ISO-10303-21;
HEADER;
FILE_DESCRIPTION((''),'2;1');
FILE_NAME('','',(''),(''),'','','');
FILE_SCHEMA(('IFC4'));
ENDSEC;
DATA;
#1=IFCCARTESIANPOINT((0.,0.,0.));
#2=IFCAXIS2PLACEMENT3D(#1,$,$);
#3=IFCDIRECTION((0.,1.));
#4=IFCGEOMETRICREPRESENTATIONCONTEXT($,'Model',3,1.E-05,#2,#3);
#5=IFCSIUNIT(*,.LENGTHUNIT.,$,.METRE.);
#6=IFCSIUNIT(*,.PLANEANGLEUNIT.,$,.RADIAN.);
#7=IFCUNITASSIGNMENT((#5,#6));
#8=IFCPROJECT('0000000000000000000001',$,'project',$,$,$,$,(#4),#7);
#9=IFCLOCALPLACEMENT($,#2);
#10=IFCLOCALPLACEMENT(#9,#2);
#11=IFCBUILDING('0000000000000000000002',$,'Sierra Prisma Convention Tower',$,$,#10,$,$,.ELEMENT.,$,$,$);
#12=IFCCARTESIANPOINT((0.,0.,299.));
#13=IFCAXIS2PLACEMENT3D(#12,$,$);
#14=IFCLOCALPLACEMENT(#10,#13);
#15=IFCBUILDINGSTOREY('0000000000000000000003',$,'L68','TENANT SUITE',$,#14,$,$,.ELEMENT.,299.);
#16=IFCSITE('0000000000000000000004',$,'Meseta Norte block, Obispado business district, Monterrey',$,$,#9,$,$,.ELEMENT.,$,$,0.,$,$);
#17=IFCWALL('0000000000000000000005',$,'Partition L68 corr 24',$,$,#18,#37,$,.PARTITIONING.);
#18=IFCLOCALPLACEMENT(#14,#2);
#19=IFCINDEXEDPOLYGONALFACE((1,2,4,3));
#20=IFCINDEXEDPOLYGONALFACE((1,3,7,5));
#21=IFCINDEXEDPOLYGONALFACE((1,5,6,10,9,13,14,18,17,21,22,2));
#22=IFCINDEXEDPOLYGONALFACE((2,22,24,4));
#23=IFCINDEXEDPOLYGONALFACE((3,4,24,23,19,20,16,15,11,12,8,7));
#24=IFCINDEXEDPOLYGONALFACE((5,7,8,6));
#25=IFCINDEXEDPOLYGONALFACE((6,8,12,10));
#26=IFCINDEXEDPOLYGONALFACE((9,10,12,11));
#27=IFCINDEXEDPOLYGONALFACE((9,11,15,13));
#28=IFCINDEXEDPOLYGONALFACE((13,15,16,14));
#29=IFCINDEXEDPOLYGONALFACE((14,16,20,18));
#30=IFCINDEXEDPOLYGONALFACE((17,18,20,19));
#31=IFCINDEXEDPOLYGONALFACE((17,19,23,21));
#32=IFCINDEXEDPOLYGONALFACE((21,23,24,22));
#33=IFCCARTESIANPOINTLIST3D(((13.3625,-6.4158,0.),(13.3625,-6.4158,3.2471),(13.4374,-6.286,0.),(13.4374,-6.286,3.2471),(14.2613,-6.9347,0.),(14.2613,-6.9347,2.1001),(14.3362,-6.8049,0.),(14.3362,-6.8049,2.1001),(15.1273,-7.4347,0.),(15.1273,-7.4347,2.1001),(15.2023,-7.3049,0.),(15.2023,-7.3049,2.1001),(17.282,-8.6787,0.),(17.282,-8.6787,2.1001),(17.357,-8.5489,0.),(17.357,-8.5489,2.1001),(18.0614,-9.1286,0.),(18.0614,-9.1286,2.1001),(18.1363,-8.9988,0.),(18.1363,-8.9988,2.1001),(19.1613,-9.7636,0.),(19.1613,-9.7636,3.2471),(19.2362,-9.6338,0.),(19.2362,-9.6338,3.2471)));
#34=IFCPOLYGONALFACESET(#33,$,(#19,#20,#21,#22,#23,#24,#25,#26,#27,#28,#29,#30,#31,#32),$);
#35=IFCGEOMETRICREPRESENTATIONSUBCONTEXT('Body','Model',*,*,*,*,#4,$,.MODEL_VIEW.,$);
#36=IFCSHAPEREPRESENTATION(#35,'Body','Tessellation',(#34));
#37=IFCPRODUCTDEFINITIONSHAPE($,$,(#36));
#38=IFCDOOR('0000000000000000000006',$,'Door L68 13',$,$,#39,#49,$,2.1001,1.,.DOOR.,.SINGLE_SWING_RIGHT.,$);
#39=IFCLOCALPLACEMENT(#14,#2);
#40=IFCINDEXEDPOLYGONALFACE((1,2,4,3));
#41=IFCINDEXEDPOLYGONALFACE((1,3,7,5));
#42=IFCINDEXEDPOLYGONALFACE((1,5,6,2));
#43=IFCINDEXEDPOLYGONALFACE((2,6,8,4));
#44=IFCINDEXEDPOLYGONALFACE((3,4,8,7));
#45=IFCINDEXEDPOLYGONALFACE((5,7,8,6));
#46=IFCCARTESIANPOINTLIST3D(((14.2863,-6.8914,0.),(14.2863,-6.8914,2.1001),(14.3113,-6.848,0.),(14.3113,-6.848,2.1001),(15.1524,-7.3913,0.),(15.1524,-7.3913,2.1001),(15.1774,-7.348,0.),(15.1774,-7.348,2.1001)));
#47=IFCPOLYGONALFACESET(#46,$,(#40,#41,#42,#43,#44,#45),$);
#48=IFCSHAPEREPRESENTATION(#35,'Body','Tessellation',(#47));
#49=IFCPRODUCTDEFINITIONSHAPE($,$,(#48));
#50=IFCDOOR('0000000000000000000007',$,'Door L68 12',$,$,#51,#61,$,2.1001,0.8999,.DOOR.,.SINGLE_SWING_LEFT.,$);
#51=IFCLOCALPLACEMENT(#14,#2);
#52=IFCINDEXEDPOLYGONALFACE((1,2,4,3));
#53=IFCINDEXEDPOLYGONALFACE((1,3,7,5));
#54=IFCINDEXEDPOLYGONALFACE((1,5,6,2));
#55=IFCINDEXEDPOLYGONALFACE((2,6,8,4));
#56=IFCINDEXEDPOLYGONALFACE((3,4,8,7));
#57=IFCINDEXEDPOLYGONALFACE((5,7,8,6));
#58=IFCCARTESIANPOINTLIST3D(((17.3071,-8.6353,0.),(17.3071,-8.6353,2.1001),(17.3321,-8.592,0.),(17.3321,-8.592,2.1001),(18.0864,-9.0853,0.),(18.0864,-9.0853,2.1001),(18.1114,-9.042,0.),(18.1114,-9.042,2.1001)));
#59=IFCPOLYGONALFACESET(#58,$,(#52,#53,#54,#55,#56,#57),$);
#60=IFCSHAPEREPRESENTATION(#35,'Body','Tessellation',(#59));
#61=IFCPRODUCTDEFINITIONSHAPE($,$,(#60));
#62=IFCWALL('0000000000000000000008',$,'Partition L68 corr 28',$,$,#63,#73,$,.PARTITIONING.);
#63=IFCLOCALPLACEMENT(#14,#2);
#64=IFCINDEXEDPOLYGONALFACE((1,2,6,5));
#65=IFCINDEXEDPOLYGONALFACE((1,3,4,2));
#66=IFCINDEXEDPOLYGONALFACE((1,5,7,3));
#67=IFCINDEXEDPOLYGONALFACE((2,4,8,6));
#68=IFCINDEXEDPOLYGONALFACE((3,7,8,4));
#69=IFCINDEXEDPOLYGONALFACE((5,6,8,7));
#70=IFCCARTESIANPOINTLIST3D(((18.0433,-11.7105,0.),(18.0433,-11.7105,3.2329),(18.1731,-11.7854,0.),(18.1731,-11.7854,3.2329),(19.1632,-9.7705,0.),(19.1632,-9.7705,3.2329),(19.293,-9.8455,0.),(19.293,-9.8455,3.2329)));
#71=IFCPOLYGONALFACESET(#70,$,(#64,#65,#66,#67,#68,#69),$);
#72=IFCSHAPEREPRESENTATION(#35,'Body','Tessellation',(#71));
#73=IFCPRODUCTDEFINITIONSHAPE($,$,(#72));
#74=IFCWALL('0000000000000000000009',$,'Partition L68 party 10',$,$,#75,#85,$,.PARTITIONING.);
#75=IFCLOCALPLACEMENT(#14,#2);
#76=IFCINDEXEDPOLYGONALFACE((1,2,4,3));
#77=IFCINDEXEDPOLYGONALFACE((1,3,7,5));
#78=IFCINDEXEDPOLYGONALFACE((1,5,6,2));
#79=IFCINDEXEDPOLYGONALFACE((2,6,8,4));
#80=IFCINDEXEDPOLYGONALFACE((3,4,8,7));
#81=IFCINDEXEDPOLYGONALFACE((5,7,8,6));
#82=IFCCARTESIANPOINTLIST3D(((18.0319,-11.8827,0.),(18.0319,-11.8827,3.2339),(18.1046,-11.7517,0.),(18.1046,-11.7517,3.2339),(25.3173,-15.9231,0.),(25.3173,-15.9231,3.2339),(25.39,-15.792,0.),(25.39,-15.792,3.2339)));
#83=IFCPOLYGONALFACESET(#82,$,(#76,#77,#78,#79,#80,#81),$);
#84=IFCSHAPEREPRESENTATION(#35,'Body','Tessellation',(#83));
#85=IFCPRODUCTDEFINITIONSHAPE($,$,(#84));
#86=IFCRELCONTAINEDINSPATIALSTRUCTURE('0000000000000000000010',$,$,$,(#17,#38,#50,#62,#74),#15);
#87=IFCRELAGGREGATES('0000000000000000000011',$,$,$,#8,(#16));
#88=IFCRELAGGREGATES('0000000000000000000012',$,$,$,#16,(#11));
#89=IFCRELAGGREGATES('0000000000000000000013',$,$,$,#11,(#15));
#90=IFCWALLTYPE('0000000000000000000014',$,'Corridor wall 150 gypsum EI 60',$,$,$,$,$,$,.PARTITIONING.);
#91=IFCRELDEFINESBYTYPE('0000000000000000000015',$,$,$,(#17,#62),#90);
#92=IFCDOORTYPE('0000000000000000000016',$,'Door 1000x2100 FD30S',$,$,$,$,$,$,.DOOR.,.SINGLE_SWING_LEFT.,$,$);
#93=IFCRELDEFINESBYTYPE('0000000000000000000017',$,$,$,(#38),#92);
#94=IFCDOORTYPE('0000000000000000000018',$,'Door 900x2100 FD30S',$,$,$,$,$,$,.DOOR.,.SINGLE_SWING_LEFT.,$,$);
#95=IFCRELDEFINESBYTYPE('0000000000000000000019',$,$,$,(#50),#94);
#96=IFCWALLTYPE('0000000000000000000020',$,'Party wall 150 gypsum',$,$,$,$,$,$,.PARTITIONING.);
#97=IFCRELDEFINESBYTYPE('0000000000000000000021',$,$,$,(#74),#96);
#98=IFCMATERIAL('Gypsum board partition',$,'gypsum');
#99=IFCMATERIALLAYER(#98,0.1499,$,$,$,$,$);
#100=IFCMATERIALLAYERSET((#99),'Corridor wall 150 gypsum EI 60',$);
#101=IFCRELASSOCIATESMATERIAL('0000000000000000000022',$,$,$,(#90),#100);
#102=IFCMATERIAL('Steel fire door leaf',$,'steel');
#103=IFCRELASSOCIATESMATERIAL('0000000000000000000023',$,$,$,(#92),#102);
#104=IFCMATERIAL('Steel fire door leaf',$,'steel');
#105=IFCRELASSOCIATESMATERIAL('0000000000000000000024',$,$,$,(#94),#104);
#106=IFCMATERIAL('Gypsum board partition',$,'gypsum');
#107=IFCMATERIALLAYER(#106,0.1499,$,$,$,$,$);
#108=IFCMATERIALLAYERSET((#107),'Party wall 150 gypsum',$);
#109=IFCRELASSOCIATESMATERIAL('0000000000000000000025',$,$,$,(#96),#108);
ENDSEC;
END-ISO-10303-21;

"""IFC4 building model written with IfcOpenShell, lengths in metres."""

from ifc_helpers import new_model, si_unit, direction, frame, frame_2d, origin, place, context, subcontext, project, spatial, rectangle, extrude, material, layer, layer_set, type_object, element, fill, save


model = new_model("IFC4")

# Units and contexts
model_context = context("Model", 3, precision=1e-05, world=origin(), true_north=direction((0.0, 1.0)))
body_context = subcontext(model_context, "Body", "Model", "MODEL_VIEW")
ifc_project = project(units=[si_unit("LENGTHUNIT", "METRE"), si_unit("PLANEANGLEUNIT", "RADIAN")], contexts=[model_context])

# Site, building, storey
site_placement = place(None, origin())
site = spatial("IfcSite", under=ifc_project, at=site_placement, Name="Meseta Norte block, Obispado business district, Monterrey", CompositionType="ELEMENT", RefElevation=0.0)
building_placement = place(site_placement, origin())
building = spatial("IfcBuilding", under=site, at=building_placement, Name="Sierra Prisma Convention Tower", CompositionType="ELEMENT")
storey_placement = place(building_placement, frame((0.0, 0.0, 299.0)))
storey = spatial("IfcBuildingStorey", under=building, at=storey_placement, Name="L68", Description="TENANT SUITE", CompositionType="ELEMENT", Elevation=299.0)

# Wall, openings, doors
ifc_material_1 = material(Name="Gypsum board partition", Category="gypsum")
ifc_layer_1 = layer(ifc_material_1, 0.1499)
ifc_layer_set_1 = layer_set([ifc_layer_1], Name="Corridor wall 150 gypsum EI 60")
wall_type_1 = type_object("IfcWallType", Name="Corridor wall 150 gypsum EI 60", PredefinedType="PARTITIONING", material=ifc_layer_set_1)
wall_1_placement = place(storey_placement, frame((19.1987, -9.6987, 0.0), z_axis=(0.0, 0.0, 1.0), x_axis=(-0.866029, 0.499994, 0.0)))
wall_1 = element("IfcWall", 1, at=wall_1_placement, inside=storey, type_object=wall_type_1, Name="Partition L68 corr 24", PredefinedType="PARTITIONING", context=body_context, shape_type="SweptSolid", body=[
    extrude(rectangle(XDim=6.6958, YDim=0.1499, at=frame_2d((3.3479, 0.0))), origin(), (0.0, 0.0, 1.0), 3.2471),
])
opening_1_placement = place(wall_1_placement, frame((1.27, 0.0, 0.0)))
opening_1 = element("IfcOpeningElement", 2, at=opening_1_placement, cuts=wall_1, PredefinedType="OPENING", context=body_context, shape_type="SweptSolid", body=[
    extrude(rectangle(XDim=0.8999, YDim=2.1001, at=frame_2d((0.45, 1.05))), frame((0.0, 0.075, 0.0), z_axis=(0.0, -1.0, 0.0), x_axis=(1.0, 0.0, 0.0)), (0.0, 0.0, 1.0), 0.1499),
])
opening_2_placement = place(wall_1_placement, frame((4.658, 0.0, 0.0)))
opening_2 = element("IfcOpeningElement", 3, at=opening_2_placement, cuts=wall_1, PredefinedType="OPENING", context=body_context, shape_type="SweptSolid", body=[
    extrude(rectangle(XDim=1.0, YDim=2.1001, at=frame_2d((0.5, 1.05))), frame((0.0, 0.075, 0.0), z_axis=(0.0, -1.0, 0.0), x_axis=(1.0, 0.0, 0.0)), (0.0, 0.0, 1.0), 0.1499),
])
ifc_material_2 = material(Name="Steel fire door leaf", Category="steel")
door_type_1 = type_object("IfcDoorType", Name="Door 1000x2100 FD30S", OperationType="SINGLE_SWING_LEFT", PredefinedType="DOOR", material=ifc_material_2)
door_1_placement = place(opening_2_placement, origin())
door_1 = element("IfcDoor", 4, at=door_1_placement, inside=storey, type_object=door_type_1, Name="Door L68 13", OperationType="SINGLE_SWING_RIGHT", OverallHeight=2.1001, OverallWidth=1.0, PredefinedType="DOOR", context=body_context, shape_type="SweptSolid", body=[
    extrude(rectangle(XDim=1.0, YDim=2.1001, at=frame_2d((0.5, 1.05))), frame((0.0, 0.0249, 0.0), z_axis=(0.0, -1.0, 0.0), x_axis=(1.0, 0.0, 0.0)), (0.0, 0.0, 1.0), 0.05),
])
fill(opening_2, door_1)
ifc_material_3 = material(Name="Steel fire door leaf", Category="steel")
door_type_2 = type_object("IfcDoorType", Name="Door 900x2100 FD30S", OperationType="SINGLE_SWING_LEFT", PredefinedType="DOOR", material=ifc_material_3)
door_2_placement = place(opening_1_placement, origin())
door_2 = element("IfcDoor", 5, at=door_2_placement, inside=storey, type_object=door_type_2, Name="Door L68 12", OperationType="SINGLE_SWING_LEFT", OverallHeight=2.1001, OverallWidth=0.8999, PredefinedType="DOOR", context=body_context, shape_type="SweptSolid", body=[
    extrude(rectangle(XDim=0.8999, YDim=2.1001, at=frame_2d((0.45, 1.05))), frame((0.0, 0.0249, 0.0), z_axis=(0.0, -1.0, 0.0), x_axis=(1.0, 0.0, 0.0)), (0.0, 0.0, 1.0), 0.05),
])
fill(opening_1, door_2)

# Walls
wall_2_placement = place(storey_placement, frame((18.1082, -11.748, 0.0), z_axis=(0.0, 0.0, 1.0), x_axis=(0.499949, 0.866055, 0.0)))
element("IfcWall", 6, at=wall_2_placement, inside=storey, type_object=wall_type_1, Name="Partition L68 corr 28", PredefinedType="PARTITIONING", context=body_context, shape_type="SweptSolid", body=[
    extrude(rectangle(XDim=2.24, YDim=0.1499, at=frame_2d((1.1201, 0.0))), origin(), (0.0, 0.0, 1.0), 3.2329),
])
ifc_material_4 = material(Name="Gypsum board partition", Category="gypsum")
ifc_layer_2 = layer(ifc_material_4, 0.1499)
ifc_layer_set_2 = layer_set([ifc_layer_2], Name="Party wall 150 gypsum")
wall_type_2 = type_object("IfcWallType", Name="Party wall 150 gypsum", PredefinedType="PARTITIONING", material=ifc_layer_set_2)
wall_3_placement = place(storey_placement, frame((18.0681, -11.8171, 0.0), z_axis=(0.0, 0.0, 1.0), x_axis=(0.874522, -0.484986, 0.0)))
element("IfcWall", 7, at=wall_3_placement, inside=storey, type_object=wall_type_2, Name="Partition L68 party 10", PredefinedType="PARTITIONING", context=body_context, shape_type="SweptSolid", body=[
    extrude(rectangle(XDim=8.3308, YDim=0.1499, at=frame_2d((4.1655, 0.0))), origin(), (0.0, 0.0, 1.0), 3.2339),
])

save(model, "model.ifc")
